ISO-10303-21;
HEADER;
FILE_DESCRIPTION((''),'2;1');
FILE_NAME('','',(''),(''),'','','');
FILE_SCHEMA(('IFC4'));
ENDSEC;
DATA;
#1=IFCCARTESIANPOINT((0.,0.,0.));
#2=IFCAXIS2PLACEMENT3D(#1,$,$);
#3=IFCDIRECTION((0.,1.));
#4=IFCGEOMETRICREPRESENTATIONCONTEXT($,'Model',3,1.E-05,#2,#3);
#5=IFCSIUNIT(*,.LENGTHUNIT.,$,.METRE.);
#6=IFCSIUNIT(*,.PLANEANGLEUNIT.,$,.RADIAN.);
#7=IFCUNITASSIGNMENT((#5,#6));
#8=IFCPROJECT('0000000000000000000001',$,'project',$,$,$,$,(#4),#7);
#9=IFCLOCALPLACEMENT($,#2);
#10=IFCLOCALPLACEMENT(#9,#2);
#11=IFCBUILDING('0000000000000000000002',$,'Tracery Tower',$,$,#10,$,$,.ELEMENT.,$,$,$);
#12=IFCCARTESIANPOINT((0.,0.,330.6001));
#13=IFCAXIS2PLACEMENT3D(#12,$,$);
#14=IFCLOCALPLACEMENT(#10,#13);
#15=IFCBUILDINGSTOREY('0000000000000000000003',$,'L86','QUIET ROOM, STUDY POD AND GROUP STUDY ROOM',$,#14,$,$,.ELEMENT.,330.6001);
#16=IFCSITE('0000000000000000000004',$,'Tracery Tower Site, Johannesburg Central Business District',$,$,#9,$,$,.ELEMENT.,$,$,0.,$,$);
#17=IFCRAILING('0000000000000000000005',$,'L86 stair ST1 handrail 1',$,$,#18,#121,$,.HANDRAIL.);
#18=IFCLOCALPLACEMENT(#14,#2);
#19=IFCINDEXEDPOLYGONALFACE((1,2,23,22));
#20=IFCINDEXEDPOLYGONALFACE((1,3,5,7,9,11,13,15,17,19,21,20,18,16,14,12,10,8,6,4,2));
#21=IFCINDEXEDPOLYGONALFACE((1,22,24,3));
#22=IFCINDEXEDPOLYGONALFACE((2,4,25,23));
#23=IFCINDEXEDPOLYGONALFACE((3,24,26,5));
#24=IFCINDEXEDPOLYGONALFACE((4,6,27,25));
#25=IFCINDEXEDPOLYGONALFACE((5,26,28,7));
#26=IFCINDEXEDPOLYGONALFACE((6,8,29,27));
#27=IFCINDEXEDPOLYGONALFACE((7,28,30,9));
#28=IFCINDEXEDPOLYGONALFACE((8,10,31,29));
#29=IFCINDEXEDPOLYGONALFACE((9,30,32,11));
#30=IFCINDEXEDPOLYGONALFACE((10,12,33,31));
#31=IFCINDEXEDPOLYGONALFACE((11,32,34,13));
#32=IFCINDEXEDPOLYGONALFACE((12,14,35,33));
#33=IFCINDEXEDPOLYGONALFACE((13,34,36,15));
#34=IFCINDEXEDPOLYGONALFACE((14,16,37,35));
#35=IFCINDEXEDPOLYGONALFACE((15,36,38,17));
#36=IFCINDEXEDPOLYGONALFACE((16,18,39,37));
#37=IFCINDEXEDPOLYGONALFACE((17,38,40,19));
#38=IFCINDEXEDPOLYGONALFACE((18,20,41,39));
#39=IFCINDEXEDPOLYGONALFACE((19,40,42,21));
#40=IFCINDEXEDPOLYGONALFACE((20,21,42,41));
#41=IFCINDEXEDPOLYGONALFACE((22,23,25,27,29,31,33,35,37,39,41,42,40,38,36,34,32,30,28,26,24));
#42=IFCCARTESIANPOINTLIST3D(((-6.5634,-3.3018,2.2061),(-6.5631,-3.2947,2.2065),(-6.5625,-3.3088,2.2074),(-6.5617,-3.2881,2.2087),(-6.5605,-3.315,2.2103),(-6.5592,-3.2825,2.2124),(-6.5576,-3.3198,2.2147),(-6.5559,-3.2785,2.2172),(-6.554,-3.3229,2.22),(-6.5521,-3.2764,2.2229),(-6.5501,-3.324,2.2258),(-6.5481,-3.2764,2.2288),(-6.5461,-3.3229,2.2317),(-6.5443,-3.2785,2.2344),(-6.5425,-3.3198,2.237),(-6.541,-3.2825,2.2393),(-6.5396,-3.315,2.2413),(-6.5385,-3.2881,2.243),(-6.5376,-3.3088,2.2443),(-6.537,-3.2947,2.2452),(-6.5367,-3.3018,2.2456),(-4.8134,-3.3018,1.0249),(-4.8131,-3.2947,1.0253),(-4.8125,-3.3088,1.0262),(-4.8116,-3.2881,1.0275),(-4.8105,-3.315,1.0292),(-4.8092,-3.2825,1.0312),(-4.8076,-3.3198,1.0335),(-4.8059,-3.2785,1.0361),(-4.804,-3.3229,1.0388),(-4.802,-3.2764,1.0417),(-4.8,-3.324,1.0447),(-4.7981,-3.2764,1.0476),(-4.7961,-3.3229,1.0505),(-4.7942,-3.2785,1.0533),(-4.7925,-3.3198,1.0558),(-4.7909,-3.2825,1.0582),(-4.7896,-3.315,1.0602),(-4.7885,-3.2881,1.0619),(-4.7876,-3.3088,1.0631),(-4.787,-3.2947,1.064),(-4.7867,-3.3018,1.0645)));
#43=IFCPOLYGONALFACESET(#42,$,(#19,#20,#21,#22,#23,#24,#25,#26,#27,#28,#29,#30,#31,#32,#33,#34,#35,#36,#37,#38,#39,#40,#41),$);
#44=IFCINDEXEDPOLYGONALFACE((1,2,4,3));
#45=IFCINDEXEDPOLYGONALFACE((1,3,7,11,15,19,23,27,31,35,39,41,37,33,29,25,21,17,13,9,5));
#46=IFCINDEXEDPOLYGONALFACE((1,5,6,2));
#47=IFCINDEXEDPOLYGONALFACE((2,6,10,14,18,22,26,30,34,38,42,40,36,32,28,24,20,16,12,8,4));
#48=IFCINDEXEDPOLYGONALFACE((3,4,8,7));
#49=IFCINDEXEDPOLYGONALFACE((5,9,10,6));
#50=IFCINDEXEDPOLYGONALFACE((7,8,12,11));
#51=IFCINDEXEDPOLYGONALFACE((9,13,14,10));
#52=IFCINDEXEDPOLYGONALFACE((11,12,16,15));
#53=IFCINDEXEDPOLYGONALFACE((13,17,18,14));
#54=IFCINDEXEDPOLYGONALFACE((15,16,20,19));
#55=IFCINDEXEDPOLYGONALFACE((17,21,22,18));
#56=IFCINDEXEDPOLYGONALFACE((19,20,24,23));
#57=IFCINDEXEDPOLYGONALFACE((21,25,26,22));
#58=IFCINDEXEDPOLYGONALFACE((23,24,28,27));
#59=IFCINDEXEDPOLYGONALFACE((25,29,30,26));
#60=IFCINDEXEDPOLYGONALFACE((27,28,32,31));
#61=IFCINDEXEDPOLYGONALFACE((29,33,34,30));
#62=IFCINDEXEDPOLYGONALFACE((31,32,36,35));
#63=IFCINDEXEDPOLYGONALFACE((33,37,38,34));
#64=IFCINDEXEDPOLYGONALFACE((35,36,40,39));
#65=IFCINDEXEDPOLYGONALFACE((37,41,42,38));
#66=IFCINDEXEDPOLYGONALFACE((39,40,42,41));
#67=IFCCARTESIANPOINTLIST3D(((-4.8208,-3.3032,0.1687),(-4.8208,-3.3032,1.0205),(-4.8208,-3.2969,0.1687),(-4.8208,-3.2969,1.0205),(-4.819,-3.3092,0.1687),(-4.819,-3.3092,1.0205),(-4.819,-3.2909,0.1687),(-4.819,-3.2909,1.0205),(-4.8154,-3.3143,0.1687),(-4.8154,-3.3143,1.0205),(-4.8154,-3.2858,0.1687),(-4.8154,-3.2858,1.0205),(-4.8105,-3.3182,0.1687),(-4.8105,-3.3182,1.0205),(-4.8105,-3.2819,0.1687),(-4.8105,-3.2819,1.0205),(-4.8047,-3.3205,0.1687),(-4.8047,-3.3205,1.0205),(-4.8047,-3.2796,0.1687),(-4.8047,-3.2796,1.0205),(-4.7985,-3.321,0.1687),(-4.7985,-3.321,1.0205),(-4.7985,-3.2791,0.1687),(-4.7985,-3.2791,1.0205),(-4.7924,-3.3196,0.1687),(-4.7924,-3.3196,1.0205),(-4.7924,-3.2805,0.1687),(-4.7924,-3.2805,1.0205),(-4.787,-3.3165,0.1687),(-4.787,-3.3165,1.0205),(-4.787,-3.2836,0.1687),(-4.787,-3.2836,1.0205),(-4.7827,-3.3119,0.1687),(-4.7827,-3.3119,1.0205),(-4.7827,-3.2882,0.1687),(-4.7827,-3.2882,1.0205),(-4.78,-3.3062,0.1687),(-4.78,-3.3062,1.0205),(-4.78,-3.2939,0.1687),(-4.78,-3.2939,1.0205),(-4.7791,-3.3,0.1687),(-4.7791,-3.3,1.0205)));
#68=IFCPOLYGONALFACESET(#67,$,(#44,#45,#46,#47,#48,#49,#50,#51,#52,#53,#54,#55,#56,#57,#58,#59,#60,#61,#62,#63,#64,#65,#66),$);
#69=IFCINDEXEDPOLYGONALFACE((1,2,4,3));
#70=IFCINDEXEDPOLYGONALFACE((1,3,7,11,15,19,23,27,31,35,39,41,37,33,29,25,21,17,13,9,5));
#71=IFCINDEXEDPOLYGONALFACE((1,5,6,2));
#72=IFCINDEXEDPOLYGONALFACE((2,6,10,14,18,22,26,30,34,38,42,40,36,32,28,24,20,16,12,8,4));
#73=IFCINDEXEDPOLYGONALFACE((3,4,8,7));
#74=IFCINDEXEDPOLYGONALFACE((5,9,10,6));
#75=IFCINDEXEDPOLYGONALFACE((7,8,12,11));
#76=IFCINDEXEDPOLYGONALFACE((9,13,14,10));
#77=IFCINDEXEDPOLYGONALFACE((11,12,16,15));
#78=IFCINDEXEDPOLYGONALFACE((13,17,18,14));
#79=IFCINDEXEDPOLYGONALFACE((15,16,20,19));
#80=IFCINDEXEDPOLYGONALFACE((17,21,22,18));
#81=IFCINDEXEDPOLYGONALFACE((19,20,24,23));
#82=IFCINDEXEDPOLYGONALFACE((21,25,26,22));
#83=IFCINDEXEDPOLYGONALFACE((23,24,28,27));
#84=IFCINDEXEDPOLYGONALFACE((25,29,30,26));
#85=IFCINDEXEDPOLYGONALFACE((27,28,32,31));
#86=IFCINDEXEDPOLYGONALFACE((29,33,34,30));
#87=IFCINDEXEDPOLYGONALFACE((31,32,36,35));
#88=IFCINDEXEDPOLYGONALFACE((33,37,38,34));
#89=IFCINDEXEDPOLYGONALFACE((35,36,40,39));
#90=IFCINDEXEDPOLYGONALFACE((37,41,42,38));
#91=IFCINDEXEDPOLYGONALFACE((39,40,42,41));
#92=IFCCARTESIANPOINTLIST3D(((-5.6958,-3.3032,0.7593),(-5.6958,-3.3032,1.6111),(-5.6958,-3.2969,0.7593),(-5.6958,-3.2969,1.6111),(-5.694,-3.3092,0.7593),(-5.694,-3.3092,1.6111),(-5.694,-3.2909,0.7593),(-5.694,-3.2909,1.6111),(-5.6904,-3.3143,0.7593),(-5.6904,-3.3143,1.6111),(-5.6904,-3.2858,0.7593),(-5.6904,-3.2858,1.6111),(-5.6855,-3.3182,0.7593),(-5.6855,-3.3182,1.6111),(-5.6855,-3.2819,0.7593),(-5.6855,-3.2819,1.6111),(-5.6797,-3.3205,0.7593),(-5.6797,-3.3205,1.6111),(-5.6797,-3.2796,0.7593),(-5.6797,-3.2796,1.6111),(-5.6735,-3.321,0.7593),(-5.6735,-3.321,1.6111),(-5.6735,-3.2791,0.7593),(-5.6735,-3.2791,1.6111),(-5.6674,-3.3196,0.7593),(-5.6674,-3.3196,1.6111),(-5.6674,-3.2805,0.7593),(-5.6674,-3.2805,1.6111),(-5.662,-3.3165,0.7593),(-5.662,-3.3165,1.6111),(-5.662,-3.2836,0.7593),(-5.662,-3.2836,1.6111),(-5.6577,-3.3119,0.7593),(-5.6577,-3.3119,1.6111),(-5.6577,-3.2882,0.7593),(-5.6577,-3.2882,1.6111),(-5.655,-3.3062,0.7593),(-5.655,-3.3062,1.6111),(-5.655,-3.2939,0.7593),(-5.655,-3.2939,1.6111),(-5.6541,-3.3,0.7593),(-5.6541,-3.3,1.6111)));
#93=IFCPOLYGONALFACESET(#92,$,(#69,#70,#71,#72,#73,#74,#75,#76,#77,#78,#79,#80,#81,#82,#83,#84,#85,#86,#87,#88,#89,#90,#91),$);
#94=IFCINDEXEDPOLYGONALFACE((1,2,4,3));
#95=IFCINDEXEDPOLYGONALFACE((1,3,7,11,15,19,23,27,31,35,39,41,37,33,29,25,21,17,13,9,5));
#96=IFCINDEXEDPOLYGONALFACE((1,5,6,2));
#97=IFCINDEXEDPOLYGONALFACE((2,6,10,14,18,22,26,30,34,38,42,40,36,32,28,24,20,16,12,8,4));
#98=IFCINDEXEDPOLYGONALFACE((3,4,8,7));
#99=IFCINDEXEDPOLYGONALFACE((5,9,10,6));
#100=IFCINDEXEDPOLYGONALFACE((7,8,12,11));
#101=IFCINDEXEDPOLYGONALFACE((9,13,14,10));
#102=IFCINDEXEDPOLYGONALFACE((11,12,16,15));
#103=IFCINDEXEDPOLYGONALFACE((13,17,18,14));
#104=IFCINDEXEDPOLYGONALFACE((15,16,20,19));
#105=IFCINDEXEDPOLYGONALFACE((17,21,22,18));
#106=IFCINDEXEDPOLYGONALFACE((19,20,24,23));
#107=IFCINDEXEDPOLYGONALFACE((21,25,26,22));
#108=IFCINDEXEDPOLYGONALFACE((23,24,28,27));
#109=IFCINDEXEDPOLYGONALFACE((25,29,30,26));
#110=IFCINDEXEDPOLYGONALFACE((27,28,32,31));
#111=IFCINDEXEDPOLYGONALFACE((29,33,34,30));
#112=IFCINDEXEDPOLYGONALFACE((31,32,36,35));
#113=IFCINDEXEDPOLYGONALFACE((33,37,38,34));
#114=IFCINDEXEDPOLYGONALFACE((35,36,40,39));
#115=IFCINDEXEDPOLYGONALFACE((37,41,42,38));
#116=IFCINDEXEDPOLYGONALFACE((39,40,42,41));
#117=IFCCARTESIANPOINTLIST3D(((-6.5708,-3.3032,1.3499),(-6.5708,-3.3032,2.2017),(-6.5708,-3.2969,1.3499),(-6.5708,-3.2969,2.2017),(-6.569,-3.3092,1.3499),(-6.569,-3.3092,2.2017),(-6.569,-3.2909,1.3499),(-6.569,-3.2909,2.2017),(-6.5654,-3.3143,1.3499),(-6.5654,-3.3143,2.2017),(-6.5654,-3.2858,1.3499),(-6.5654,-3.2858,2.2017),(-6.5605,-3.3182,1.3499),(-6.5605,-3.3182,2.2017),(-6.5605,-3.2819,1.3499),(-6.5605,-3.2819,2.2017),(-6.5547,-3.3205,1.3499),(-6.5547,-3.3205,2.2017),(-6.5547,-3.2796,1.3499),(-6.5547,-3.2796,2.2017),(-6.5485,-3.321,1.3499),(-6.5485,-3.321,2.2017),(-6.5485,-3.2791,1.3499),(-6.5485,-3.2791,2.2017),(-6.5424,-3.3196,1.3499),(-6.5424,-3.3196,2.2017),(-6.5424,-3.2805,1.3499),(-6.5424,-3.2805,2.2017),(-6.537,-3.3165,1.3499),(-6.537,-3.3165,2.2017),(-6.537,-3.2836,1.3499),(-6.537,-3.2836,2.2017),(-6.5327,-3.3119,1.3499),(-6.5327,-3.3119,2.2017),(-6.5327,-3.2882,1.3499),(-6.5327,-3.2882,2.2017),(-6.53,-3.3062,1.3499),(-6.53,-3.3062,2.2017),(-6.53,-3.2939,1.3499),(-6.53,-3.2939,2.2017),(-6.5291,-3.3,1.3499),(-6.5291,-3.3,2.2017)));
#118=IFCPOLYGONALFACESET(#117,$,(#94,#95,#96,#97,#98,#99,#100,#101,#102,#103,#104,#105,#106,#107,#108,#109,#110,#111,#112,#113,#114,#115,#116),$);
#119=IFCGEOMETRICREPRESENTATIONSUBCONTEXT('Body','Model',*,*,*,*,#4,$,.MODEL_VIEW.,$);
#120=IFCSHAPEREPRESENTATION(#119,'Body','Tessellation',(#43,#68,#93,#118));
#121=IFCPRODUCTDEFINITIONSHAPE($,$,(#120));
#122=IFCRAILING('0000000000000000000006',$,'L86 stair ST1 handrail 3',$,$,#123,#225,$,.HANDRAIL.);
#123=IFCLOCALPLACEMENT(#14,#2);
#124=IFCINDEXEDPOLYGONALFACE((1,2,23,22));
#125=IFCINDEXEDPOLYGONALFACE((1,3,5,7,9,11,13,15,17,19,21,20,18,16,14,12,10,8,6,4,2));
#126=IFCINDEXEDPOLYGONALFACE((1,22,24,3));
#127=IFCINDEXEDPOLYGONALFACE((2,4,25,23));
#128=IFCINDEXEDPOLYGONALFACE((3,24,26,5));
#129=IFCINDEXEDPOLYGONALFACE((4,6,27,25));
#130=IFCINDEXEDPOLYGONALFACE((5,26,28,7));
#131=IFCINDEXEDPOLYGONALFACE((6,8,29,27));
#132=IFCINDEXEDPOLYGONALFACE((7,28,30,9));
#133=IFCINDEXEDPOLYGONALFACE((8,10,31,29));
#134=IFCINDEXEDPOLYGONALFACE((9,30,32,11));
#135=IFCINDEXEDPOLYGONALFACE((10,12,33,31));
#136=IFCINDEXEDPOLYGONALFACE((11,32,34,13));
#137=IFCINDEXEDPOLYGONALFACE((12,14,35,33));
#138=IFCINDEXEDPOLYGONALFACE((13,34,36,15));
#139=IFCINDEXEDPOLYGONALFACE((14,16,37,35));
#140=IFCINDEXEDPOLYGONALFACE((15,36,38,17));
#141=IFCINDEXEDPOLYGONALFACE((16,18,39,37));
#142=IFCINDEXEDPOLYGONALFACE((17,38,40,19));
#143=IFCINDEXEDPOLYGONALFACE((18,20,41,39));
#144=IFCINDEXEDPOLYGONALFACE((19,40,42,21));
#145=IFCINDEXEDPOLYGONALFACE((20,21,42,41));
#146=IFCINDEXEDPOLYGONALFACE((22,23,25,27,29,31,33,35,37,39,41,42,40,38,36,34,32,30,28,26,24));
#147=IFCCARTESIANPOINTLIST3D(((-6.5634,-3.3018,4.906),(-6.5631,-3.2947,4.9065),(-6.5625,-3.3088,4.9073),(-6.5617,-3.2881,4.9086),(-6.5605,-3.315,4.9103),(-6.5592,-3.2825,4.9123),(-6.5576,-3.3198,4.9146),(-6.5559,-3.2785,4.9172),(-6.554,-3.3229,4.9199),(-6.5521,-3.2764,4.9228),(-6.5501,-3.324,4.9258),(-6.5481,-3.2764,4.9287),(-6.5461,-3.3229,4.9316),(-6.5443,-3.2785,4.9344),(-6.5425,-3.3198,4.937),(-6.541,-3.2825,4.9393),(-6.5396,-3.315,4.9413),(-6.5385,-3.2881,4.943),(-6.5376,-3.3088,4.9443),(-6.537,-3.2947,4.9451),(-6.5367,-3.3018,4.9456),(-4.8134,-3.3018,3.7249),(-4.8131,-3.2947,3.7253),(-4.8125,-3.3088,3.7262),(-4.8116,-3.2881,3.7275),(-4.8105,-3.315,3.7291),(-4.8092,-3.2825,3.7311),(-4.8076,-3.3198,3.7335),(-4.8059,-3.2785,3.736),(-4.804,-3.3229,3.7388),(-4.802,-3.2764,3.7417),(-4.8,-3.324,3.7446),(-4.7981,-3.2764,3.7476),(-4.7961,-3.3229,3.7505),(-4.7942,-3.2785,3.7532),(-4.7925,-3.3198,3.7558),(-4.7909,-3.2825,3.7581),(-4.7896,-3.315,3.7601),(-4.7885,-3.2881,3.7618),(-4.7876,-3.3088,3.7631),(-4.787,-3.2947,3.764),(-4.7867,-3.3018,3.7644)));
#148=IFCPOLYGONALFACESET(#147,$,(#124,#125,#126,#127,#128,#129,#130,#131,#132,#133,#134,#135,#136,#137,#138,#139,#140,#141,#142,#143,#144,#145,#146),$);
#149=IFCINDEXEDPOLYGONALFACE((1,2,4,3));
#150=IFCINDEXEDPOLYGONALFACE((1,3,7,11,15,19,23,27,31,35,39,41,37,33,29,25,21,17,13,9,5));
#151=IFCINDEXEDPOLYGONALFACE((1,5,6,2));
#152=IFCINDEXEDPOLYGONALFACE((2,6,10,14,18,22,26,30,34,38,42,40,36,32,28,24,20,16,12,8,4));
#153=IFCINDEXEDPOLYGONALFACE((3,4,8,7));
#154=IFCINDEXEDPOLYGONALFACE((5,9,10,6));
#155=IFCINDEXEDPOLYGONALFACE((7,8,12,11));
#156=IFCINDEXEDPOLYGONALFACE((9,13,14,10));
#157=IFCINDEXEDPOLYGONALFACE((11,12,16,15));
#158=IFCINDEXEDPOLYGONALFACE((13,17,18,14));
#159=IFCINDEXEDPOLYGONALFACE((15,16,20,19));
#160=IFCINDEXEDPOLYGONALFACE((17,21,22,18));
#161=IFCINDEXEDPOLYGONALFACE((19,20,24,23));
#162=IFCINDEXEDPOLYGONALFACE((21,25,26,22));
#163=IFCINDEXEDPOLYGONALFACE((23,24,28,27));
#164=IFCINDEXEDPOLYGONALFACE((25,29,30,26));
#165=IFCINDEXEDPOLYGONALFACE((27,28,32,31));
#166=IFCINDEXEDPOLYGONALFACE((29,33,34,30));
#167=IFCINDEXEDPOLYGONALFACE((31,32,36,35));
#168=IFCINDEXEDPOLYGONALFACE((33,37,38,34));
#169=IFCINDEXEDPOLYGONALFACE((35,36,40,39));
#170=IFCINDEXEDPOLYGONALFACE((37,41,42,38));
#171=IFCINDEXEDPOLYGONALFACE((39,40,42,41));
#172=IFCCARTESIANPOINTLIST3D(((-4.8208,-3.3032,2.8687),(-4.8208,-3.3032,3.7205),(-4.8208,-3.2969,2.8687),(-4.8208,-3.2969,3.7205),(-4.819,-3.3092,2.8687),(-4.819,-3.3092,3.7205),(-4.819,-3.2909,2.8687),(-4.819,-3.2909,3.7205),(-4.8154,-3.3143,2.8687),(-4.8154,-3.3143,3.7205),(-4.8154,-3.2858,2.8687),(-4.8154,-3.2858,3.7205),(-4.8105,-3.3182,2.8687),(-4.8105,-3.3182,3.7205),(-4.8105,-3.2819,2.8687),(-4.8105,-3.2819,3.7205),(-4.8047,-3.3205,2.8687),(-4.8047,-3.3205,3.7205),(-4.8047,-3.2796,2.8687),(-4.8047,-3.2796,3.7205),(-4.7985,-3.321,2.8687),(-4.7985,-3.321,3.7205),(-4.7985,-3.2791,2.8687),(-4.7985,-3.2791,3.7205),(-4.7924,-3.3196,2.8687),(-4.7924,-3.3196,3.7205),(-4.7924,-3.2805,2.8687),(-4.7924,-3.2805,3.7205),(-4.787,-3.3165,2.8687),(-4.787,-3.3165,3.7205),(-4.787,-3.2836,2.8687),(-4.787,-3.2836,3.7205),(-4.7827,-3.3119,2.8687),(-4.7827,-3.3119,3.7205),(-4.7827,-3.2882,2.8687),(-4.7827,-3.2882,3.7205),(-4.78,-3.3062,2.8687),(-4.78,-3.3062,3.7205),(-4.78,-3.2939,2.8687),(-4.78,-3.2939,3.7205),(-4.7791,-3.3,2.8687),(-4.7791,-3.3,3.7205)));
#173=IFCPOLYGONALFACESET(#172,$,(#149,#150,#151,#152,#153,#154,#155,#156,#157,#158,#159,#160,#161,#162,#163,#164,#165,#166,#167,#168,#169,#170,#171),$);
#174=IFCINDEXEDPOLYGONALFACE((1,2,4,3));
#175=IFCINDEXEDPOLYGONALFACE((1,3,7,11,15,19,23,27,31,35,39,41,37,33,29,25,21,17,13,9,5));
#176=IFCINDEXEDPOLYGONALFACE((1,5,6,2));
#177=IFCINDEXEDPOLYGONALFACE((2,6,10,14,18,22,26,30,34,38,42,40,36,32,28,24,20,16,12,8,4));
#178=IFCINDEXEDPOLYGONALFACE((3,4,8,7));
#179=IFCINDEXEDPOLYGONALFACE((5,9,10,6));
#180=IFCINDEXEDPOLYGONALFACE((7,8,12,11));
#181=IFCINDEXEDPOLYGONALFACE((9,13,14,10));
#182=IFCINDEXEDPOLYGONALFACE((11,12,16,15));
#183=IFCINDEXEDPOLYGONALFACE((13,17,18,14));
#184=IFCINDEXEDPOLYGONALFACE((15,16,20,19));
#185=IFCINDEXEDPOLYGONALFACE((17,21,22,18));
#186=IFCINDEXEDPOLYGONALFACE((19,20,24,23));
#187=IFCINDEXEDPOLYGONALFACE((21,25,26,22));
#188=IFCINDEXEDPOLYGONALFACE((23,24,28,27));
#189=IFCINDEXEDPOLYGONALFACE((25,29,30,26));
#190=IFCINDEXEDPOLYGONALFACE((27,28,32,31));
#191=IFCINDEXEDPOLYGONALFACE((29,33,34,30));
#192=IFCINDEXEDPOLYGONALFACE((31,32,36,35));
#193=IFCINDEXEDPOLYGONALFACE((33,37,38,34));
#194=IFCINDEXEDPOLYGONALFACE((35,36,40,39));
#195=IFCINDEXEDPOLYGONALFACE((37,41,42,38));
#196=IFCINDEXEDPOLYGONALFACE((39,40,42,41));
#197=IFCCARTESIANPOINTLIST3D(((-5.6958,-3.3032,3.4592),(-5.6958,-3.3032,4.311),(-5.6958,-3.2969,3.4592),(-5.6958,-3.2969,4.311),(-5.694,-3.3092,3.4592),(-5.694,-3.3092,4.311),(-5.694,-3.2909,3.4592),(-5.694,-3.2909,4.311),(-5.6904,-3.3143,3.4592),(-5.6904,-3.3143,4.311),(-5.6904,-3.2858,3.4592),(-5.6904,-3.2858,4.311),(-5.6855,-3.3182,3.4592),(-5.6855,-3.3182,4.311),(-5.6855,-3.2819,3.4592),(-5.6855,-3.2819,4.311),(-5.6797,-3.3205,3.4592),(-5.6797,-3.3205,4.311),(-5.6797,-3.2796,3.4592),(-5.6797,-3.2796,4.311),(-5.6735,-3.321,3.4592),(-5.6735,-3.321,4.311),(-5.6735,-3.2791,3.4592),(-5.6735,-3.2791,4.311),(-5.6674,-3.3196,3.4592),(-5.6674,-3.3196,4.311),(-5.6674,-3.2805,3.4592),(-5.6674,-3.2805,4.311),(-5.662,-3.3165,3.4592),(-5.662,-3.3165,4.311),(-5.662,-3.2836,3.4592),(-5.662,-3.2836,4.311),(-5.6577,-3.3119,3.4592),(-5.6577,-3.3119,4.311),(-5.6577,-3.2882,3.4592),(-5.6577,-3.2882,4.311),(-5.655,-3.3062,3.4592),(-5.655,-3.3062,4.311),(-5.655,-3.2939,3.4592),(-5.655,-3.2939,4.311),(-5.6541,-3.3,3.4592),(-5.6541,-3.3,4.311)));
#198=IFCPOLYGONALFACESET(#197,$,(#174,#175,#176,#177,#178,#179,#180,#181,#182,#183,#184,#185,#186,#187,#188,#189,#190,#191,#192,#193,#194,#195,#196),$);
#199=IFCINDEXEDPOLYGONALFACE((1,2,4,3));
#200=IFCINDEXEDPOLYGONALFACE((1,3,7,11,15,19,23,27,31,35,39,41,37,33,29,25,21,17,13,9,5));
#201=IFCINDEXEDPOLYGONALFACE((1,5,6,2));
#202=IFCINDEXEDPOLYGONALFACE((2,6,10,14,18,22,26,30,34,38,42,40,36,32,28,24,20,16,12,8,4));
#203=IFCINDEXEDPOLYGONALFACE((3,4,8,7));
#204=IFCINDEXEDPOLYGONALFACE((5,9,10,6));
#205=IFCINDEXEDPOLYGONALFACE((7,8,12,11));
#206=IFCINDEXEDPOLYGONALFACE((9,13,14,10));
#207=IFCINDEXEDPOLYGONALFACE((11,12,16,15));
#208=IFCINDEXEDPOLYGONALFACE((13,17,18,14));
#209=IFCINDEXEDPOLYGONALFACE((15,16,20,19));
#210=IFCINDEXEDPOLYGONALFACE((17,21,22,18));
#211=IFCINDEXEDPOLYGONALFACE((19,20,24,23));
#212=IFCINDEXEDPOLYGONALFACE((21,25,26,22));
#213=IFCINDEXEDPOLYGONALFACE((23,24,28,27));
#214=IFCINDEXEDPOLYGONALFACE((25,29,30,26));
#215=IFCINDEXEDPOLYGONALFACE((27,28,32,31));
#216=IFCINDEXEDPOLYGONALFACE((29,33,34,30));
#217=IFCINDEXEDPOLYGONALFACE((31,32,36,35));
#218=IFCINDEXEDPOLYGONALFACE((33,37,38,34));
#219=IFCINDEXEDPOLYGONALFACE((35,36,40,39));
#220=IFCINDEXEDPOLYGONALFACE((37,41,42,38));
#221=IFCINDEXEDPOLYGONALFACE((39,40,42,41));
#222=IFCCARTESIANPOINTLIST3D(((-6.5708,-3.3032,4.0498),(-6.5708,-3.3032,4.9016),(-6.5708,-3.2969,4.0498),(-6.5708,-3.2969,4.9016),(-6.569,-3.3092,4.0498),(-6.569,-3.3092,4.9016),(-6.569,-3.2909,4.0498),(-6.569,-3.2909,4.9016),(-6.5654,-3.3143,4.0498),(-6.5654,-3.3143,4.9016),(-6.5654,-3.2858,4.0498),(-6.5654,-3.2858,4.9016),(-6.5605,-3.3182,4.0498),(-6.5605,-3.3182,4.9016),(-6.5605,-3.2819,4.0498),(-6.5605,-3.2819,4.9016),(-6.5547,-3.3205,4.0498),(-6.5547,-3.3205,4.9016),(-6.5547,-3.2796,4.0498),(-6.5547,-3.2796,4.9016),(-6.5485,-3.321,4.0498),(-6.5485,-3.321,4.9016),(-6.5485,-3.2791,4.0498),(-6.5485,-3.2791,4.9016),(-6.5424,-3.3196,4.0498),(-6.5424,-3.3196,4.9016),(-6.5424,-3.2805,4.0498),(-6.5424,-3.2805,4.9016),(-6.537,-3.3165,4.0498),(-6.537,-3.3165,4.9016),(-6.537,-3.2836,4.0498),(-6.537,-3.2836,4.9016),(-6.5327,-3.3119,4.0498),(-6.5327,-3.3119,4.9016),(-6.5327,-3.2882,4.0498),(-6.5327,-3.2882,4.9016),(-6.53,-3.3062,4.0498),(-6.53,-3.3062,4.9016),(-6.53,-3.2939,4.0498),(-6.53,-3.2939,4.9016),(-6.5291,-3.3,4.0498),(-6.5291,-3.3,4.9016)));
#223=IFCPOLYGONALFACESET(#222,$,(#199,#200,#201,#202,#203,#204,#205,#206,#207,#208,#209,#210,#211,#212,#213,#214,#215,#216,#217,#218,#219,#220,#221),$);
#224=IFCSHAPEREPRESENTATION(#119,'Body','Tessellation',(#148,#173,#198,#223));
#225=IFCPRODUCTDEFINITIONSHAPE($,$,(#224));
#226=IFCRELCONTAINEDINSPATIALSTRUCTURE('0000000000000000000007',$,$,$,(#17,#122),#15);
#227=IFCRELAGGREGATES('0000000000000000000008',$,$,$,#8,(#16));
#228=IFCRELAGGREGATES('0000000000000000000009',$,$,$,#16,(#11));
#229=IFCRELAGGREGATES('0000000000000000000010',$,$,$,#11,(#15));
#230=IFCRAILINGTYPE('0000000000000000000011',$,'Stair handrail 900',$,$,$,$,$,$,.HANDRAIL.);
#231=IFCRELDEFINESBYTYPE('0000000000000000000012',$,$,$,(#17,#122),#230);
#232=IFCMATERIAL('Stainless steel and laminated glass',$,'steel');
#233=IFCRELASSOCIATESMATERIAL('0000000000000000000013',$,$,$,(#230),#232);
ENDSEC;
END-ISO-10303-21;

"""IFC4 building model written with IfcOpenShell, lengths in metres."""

from ifc_helpers import new_model, si_unit, direction, frame, origin, origin_2d, place, context, subcontext, project, spatial, circle, extrude, material, type_object, element, save


model = new_model("IFC4")

# Units and contexts
model_context = context("Model", 3, precision=1e-05, world=origin(), true_north=direction((0.0, 1.0)))
body_context = subcontext(model_context, "Body", "Model", "MODEL_VIEW")
ifc_project = project(units=[si_unit("LENGTHUNIT", "METRE"), si_unit("PLANEANGLEUNIT", "RADIAN")], contexts=[model_context])

# Site, building, storey
site_placement = place(None, origin())
site = spatial("IfcSite", under=ifc_project, at=site_placement, Name="Tracery Tower Site, Johannesburg Central Business District", CompositionType="ELEMENT", RefElevation=0.0)
building_placement = place(site_placement, origin())
building = spatial("IfcBuilding", under=site, at=building_placement, Name="Tracery Tower", CompositionType="ELEMENT")
storey_placement = place(building_placement, frame((0.0, 0.0, 330.6001)))
storey = spatial("IfcBuildingStorey", under=building, at=storey_placement, Name="L86", Description="QUIET ROOM, STUDY POD AND GROUP STUDY ROOM", CompositionType="ELEMENT", Elevation=330.6001)

# Railings
ifc_material_1 = material(Name="Stainless steel and laminated glass", Category="steel")
railing_type_1 = type_object("IfcRailingType", Name="Stair handrail 900", PredefinedType="HANDRAIL", material=ifc_material_1)
for number, where, name in (
    (1, (-4.8, -3.3, 0.1687), "L86 stair ST1 handrail 1"),
    (2, (-4.8, -3.3, 2.8687), "L86 stair ST1 handrail 3"),
):
    element("IfcRailing", number, at=place(storey_placement, frame(where)), inside=storey, type_object=railing_type_1, Name=name, PredefinedType="HANDRAIL", context=body_context, shape_type="SweptSolid", body=[
        extrude(circle(Radius=0.0239, at=origin_2d()), frame((0.0, 0.0, 0.876), z_axis=(-0.82887, 0.0, 0.559441), x_axis=(0.0, -1.0, 0.0)), (0.0, 0.0, 1.0), 2.1113),
        extrude(circle(Radius=0.021, at=origin_2d()), origin(), (0.0, 0.0, 1.0), 0.8518),
        extrude(circle(Radius=0.021, at=origin_2d()), frame((-0.875, 0.0, 0.5906)), (0.0, 0.0, 1.0), 0.8518),
        extrude(circle(Radius=0.021, at=origin_2d()), frame((-1.75, 0.0, 1.1812)), (0.0, 0.0, 1.0), 0.8518),
    ])

save(model, "model.ifc")
